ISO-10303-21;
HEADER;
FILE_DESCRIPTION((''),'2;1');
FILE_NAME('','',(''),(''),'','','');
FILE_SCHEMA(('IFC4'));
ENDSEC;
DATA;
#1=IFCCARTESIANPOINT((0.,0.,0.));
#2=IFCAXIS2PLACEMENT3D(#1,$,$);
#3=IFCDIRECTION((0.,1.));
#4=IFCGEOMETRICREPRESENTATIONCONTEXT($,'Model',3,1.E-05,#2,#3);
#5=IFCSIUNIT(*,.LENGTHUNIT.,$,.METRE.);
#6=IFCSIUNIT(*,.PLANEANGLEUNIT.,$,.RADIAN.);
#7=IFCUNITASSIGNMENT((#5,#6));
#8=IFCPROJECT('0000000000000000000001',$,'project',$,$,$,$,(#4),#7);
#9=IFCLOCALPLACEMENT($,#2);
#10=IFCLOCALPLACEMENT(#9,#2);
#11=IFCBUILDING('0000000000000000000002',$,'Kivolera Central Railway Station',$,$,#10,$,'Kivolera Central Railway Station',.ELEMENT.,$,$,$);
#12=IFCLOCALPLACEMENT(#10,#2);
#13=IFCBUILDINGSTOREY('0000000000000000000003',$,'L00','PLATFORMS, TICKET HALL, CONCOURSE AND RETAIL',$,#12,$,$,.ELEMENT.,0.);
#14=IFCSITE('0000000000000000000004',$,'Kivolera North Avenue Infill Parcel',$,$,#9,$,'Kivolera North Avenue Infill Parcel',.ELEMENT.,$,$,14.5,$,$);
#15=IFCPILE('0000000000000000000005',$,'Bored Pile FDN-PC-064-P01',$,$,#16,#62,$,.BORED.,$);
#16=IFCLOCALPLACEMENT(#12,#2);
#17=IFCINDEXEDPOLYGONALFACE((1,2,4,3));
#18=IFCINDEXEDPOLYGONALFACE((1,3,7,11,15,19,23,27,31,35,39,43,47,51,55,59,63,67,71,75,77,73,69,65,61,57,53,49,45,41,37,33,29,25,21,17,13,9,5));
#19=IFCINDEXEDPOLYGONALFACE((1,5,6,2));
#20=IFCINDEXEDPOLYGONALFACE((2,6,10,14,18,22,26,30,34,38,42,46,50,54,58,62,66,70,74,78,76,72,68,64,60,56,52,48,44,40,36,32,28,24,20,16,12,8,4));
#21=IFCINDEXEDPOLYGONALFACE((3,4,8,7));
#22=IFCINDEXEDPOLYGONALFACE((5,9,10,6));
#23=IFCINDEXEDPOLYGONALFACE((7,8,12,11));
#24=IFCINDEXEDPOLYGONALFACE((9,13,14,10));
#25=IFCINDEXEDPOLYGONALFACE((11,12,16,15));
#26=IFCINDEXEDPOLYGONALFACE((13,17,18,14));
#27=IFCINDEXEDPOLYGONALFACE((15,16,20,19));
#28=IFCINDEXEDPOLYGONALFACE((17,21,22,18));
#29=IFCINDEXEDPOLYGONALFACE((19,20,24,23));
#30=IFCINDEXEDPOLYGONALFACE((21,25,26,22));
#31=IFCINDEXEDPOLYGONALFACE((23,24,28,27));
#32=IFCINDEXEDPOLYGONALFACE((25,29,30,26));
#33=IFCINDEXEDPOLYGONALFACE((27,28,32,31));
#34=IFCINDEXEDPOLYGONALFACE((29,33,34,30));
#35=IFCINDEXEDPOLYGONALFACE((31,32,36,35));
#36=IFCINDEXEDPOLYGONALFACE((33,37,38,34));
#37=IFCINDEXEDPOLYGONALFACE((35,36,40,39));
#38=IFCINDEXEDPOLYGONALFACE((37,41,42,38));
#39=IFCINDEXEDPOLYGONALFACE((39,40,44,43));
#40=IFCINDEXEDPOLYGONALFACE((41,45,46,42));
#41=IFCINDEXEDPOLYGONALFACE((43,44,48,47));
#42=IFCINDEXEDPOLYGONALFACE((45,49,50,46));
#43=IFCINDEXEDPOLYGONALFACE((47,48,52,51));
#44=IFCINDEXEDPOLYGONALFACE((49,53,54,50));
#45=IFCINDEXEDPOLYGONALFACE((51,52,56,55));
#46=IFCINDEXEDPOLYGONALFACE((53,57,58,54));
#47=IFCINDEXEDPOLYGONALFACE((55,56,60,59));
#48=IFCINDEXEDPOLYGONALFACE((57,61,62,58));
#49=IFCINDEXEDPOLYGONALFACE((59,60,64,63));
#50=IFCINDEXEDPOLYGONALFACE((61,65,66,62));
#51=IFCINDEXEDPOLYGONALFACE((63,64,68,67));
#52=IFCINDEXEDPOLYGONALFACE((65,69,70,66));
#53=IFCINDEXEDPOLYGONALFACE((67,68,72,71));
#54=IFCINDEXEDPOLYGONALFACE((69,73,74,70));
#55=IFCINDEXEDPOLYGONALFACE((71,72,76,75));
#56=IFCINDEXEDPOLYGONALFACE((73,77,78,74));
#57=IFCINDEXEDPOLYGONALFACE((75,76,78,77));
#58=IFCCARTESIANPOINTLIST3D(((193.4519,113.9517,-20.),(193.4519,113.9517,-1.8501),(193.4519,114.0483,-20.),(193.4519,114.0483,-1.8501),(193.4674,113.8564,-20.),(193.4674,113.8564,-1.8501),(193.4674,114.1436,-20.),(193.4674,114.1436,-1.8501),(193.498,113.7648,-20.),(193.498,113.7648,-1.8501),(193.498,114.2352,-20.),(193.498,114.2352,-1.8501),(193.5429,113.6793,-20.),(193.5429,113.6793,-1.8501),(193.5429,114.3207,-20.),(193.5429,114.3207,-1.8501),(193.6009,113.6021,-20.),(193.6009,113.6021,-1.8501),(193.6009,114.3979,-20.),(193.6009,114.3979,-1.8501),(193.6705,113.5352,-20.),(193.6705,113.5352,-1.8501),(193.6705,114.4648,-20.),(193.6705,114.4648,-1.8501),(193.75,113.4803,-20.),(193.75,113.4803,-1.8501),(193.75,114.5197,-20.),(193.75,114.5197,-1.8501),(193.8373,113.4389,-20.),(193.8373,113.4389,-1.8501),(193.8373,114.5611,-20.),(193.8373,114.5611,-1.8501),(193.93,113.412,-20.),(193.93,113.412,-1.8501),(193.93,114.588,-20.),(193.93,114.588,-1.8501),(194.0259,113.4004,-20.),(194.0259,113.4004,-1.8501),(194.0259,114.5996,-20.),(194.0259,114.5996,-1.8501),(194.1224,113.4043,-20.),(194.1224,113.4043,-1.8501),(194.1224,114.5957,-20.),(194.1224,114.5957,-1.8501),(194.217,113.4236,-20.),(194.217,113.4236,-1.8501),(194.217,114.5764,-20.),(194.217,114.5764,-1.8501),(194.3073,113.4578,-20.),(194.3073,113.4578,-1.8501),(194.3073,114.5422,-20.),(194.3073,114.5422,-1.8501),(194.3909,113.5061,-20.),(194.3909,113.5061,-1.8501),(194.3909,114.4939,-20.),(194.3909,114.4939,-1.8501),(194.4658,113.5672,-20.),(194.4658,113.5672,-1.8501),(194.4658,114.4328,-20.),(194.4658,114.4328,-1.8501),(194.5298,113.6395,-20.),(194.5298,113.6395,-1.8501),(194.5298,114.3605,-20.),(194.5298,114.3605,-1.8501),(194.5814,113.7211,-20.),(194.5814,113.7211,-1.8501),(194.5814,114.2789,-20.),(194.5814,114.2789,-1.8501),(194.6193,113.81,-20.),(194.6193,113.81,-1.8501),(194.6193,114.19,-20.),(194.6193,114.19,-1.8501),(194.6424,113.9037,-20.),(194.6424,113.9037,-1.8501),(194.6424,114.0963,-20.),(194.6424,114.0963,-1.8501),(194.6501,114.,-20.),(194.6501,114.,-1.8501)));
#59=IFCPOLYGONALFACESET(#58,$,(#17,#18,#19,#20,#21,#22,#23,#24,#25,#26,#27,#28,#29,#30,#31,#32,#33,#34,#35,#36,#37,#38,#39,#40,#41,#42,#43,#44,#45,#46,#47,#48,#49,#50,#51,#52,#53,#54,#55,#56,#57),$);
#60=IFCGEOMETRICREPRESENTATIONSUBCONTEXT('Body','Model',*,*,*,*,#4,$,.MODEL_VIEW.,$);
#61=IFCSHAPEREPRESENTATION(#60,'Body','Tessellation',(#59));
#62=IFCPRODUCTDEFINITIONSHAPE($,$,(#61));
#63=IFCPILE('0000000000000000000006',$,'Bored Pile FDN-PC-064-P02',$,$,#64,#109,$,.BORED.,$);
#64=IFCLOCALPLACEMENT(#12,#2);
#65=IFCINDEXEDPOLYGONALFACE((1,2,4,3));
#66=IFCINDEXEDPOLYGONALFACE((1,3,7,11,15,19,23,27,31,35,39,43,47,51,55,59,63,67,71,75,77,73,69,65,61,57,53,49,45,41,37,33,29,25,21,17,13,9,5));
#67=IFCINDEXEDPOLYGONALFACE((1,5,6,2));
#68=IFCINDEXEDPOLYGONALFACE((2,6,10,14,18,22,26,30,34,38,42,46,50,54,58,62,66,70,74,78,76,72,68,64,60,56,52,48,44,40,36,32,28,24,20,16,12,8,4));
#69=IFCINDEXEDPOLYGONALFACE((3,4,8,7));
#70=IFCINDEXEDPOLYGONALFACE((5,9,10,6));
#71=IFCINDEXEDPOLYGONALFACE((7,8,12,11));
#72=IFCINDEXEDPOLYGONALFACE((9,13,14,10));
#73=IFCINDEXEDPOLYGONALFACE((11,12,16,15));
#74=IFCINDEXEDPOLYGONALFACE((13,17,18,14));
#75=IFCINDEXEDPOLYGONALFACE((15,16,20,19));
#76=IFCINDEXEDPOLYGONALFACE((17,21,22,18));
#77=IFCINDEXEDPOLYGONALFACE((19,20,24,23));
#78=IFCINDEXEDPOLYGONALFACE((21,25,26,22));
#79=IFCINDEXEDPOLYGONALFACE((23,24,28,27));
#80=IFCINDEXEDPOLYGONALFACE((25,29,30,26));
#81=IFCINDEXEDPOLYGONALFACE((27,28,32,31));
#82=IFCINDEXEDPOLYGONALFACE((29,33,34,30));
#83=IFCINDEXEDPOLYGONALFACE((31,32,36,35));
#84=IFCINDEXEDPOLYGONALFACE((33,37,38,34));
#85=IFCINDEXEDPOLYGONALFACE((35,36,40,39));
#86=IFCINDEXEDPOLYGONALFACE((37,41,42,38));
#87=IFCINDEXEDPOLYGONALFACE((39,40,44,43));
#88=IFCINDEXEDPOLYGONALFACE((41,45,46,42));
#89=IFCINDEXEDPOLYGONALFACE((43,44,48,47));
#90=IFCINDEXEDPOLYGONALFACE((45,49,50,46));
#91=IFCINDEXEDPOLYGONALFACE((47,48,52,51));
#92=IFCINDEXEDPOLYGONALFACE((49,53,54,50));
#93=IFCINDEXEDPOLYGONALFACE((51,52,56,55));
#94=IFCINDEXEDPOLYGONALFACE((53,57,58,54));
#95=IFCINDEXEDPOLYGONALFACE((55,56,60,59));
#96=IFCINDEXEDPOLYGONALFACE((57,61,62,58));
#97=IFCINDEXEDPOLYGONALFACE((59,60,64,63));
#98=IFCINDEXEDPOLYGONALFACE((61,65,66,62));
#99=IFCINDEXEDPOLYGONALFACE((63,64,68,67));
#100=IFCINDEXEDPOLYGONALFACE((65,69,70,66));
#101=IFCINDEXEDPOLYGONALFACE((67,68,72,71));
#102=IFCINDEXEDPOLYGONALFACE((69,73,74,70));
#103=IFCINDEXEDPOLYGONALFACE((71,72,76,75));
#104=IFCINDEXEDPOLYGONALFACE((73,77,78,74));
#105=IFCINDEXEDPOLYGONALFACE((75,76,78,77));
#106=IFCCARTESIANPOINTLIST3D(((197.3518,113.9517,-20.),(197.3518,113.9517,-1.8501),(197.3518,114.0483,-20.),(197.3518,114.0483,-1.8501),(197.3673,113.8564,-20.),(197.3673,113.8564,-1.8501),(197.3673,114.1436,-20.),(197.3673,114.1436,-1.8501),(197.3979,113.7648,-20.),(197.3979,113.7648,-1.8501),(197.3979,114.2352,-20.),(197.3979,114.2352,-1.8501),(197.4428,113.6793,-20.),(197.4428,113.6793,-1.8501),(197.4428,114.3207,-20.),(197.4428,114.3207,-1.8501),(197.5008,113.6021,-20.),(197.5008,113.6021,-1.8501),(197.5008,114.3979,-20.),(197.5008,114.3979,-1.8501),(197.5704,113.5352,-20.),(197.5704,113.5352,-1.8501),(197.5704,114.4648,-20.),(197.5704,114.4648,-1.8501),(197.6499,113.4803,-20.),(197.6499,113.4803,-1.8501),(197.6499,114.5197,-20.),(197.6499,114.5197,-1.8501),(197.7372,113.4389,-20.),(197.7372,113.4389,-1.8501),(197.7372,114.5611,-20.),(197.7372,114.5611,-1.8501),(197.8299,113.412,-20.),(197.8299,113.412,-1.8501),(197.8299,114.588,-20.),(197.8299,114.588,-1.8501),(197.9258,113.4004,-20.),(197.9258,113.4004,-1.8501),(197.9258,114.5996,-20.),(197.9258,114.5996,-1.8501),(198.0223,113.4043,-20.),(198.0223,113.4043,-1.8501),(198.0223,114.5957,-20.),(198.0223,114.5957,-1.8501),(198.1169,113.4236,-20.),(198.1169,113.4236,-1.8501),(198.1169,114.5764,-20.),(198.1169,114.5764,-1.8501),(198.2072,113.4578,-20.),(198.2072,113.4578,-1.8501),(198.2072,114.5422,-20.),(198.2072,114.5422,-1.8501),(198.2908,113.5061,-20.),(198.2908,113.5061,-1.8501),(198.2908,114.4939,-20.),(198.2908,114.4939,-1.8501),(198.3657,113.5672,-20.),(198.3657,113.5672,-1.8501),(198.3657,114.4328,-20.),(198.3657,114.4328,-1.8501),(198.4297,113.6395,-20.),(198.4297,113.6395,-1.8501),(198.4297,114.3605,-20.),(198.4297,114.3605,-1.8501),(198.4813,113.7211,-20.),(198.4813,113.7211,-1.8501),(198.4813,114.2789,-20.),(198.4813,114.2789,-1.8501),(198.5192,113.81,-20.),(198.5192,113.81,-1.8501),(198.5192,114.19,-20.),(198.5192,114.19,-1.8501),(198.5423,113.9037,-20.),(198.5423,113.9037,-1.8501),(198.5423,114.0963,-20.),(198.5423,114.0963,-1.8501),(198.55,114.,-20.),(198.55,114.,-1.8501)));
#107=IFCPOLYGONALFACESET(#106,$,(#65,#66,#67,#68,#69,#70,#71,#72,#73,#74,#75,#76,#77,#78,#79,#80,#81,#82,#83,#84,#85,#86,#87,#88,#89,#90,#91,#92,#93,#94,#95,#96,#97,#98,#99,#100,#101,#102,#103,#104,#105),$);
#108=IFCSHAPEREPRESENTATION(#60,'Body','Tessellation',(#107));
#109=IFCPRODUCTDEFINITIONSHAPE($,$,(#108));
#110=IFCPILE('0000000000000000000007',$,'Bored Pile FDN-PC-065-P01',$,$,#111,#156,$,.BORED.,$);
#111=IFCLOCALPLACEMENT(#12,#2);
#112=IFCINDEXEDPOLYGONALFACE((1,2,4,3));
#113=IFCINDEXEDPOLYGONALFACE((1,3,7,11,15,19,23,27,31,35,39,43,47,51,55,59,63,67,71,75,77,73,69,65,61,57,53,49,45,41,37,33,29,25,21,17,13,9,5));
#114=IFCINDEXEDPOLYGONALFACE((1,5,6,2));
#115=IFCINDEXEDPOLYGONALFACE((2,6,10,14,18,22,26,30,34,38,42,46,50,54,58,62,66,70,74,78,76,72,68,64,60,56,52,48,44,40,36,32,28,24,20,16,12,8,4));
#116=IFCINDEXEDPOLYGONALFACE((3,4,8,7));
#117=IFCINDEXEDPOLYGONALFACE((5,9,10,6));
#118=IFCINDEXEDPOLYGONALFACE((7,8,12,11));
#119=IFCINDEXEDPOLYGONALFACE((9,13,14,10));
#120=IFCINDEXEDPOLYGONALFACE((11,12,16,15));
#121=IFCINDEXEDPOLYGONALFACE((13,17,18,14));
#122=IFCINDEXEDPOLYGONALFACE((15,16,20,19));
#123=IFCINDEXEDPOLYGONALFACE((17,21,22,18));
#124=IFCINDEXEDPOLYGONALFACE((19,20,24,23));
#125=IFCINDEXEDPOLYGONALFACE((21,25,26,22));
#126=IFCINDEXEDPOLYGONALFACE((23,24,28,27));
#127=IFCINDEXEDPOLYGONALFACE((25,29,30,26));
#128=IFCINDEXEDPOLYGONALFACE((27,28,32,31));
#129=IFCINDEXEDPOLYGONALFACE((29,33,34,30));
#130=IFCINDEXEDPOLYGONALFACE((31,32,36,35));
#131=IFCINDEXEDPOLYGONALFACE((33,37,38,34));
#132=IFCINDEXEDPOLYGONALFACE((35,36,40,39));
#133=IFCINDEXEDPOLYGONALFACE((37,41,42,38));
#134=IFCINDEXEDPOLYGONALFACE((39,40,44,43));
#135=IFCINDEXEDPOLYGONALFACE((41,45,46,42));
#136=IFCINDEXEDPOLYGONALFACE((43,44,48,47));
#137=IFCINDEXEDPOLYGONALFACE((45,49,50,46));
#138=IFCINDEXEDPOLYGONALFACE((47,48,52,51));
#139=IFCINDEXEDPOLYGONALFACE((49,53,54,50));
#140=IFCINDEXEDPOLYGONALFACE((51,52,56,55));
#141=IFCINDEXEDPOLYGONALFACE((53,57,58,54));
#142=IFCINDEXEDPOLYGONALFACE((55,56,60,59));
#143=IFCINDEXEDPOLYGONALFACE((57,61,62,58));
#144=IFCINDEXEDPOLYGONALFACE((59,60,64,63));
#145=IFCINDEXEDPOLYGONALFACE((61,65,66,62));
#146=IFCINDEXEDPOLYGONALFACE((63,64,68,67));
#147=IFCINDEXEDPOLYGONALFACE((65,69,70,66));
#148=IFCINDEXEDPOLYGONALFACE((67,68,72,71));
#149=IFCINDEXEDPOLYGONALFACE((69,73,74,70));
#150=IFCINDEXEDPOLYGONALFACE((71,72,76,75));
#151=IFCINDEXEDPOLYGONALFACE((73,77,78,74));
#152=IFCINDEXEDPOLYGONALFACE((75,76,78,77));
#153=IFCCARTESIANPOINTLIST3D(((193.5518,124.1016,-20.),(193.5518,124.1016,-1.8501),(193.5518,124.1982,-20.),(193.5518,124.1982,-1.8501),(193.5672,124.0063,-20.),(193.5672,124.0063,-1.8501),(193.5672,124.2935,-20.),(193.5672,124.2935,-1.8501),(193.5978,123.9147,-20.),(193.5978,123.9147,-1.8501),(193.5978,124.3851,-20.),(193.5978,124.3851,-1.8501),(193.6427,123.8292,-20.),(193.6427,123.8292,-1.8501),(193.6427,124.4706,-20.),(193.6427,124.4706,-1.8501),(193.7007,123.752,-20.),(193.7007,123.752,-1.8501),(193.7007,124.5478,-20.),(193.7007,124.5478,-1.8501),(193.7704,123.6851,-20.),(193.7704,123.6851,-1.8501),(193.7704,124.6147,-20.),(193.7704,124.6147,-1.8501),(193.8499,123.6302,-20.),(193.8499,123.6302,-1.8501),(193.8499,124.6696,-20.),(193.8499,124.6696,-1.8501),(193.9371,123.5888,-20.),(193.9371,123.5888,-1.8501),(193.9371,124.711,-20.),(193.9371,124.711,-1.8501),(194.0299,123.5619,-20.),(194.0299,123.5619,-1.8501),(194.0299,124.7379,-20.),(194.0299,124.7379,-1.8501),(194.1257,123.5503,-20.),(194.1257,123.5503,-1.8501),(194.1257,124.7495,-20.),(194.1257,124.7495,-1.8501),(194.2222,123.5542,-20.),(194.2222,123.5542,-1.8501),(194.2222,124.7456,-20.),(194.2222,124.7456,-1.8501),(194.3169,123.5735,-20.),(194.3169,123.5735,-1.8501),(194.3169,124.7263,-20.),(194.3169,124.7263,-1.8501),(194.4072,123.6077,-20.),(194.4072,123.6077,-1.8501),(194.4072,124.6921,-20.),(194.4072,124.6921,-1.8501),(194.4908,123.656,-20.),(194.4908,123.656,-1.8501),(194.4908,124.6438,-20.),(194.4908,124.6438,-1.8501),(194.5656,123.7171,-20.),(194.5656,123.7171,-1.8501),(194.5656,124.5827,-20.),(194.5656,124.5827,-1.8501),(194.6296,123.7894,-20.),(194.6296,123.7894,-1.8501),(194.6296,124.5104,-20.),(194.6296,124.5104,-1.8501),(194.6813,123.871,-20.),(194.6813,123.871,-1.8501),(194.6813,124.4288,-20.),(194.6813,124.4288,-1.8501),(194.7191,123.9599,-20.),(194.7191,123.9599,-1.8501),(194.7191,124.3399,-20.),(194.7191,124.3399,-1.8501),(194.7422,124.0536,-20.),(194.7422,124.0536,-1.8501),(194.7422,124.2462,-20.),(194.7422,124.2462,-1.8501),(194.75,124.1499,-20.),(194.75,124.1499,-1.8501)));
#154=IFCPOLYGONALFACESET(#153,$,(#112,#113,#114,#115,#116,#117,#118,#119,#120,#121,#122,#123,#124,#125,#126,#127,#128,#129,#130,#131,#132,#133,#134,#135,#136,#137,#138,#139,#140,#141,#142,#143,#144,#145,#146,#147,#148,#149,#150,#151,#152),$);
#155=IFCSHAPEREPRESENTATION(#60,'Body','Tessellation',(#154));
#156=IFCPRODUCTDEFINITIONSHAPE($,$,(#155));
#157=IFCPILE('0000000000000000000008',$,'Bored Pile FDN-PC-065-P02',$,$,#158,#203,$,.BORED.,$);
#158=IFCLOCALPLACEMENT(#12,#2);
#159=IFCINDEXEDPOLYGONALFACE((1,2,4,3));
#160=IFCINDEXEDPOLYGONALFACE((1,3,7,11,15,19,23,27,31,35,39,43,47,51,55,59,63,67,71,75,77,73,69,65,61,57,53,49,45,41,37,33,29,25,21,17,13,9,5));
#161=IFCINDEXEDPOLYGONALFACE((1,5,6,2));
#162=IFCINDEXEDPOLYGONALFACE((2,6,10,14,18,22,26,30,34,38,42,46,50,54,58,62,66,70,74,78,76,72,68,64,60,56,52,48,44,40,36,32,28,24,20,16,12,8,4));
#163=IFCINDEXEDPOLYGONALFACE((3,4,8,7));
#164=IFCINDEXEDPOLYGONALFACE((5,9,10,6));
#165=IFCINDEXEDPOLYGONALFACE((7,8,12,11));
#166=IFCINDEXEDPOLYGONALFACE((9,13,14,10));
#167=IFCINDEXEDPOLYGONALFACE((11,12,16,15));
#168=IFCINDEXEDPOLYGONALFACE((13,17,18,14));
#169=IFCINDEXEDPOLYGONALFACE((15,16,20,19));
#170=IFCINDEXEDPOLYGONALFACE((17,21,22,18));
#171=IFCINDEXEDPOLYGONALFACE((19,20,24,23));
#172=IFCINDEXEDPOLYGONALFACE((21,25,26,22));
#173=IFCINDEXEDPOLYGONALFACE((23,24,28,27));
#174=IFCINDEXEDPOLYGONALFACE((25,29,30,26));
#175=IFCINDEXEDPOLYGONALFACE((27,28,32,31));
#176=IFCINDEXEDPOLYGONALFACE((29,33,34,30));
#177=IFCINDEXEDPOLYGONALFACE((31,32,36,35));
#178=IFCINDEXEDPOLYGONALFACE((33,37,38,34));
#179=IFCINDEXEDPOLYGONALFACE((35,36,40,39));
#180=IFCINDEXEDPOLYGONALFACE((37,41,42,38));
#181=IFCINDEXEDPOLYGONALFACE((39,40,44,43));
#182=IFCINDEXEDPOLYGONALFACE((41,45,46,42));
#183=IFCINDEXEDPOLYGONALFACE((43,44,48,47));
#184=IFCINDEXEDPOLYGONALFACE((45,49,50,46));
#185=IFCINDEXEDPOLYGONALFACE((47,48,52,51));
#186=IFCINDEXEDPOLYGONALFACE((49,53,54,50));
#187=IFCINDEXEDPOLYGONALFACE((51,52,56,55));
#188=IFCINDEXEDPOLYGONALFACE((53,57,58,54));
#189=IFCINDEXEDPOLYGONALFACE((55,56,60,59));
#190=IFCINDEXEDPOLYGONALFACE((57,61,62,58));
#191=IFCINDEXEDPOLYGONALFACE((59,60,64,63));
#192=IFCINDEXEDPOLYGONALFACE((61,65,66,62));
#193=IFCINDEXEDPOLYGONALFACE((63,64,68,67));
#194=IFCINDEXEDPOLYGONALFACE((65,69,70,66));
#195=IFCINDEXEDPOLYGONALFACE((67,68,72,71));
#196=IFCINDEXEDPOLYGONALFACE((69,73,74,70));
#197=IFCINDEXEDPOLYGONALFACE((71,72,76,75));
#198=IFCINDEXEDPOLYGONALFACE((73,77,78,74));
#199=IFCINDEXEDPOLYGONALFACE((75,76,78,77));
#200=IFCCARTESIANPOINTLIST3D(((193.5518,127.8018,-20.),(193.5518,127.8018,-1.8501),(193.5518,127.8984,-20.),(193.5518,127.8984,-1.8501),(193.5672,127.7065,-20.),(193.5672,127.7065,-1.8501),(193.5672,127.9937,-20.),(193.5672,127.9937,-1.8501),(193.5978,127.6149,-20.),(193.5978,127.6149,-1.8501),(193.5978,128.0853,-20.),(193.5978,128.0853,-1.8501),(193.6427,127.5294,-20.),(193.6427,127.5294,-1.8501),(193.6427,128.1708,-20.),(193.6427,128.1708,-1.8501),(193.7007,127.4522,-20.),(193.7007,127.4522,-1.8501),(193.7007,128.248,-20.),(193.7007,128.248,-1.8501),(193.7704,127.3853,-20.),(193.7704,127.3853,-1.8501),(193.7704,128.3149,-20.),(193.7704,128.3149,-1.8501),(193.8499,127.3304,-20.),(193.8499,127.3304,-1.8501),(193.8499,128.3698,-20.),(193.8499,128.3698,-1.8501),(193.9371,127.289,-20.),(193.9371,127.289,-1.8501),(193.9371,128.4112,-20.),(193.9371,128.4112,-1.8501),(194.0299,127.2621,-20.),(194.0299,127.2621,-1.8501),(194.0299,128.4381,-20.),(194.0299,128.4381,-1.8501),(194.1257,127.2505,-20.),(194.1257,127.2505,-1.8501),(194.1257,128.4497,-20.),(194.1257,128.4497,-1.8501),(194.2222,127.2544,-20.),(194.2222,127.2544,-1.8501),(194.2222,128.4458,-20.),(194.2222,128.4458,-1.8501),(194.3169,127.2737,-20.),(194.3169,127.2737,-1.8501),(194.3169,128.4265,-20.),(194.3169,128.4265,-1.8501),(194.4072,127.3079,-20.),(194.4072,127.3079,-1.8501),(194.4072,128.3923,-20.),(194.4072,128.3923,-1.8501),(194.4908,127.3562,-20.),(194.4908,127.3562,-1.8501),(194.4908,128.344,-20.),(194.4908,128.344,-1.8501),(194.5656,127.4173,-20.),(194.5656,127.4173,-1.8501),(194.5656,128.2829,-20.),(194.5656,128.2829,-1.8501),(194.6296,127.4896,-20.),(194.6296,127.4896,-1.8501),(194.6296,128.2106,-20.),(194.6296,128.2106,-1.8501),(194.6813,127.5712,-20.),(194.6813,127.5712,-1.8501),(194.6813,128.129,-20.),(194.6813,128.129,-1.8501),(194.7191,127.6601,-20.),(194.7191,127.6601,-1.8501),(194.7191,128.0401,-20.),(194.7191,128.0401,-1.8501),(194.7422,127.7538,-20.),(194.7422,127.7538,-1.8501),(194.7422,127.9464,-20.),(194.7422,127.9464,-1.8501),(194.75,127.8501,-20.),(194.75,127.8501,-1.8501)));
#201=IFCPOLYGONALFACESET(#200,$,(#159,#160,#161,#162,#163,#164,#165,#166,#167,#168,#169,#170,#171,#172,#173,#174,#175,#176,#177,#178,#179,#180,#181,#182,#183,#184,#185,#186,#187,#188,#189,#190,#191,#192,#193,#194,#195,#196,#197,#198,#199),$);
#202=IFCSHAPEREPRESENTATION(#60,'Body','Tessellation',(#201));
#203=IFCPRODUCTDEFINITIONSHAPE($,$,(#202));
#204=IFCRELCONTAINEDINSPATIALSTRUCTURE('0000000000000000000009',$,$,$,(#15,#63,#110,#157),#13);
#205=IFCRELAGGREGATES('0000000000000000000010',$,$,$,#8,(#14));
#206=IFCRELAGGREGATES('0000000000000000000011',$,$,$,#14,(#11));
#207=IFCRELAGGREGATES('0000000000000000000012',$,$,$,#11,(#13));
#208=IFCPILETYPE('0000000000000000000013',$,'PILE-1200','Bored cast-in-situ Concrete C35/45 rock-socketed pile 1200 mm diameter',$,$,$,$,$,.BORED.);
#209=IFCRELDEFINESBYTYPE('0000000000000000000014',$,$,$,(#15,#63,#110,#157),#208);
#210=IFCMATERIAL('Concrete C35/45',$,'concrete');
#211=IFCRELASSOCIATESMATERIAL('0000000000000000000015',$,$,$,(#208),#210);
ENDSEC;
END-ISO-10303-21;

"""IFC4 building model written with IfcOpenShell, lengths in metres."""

from ifc_helpers import new_model, si_unit, direction, frame, origin, origin_2d, place, context, subcontext, project, spatial, circle, extrude, material, material_profile, profile_set, type_object, element, save


model = new_model("IFC4")

# Units and contexts
model_context = context("Model", 3, precision=1e-05, world=origin(), true_north=direction((0.0, 1.0)))
body_context = subcontext(model_context, "Body", "Model", "MODEL_VIEW")
ifc_project = project(units=[si_unit("LENGTHUNIT", "METRE"), si_unit("PLANEANGLEUNIT", "RADIAN")], contexts=[model_context])

# Site, building, storey
site_placement = place(None, origin())
site = spatial("IfcSite", under=ifc_project, at=site_placement, Name="Kivolera North Avenue Infill Parcel", LongName="Kivolera North Avenue Infill Parcel", CompositionType="ELEMENT", RefElevation=14.5)
building_placement = place(site_placement, origin())
building = spatial("IfcBuilding", under=site, at=building_placement, Name="Kivolera Central Railway Station", LongName="Kivolera Central Railway Station", CompositionType="ELEMENT")
storey_placement = place(building_placement, origin())
storey = spatial("IfcBuildingStorey", under=building, at=storey_placement, Name="L00", Description="PLATFORMS, TICKET HALL, CONCOURSE AND RETAIL", CompositionType="ELEMENT", Elevation=0.0)

# Shared definitions
ifc_material_1 = material(Name="Concrete C35/45", Category="concrete")

# Piles
ifc_material_profile_1 = material_profile(ifc_material_1, circle(Radius=0.6001, at=origin_2d()), Name="PILE D1200")
ifc_profile_set_1 = profile_set([ifc_material_profile_1], Name="Concrete C35/45")
pile_type = type_object("IfcPileType", Name="PILE-1200", Description="Bored cast-in-situ Concrete C35/45 rock-socketed pile 1200 mm diameter", PredefinedType="BORED", material=ifc_profile_set_1)
for number, where, z_axis, x_axis, name in (
    (1, (194.05, 114.0, -1.8501), (0.0, 0.0, -1.0), (1.0, 0.0, 0.0), "Bored Pile FDN-PC-064-P01"),
    (2, (197.95, 114.0, -1.8501), (0.0, 0.0, -1.0), (1.0, 0.0, 0.0), "Bored Pile FDN-PC-064-P02"),
    (3, (194.1499, 124.1499, -1.8501), (0.0, 0.0, -1.0), (1.0, 0.0, 0.0), "Bored Pile FDN-PC-065-P01"),
    (4, (194.1499, 127.8501, -1.8501), (0.0, 0.0, -1.0), (1.0, 0.0, 0.0), "Bored Pile FDN-PC-065-P02"),
):
    element("IfcPile", number, at=place(storey_placement, frame(where, z_axis=z_axis, x_axis=x_axis)), inside=storey, type_object=pile_type, Name=name, PredefinedType="BORED", context=body_context, shape_type="SweptSolid", body=[
        extrude(circle(Radius=0.6001, at=origin_2d()), origin(), (0.0, 0.0, 1.0), 18.1499),
    ])

save(model, "model.ifc")
